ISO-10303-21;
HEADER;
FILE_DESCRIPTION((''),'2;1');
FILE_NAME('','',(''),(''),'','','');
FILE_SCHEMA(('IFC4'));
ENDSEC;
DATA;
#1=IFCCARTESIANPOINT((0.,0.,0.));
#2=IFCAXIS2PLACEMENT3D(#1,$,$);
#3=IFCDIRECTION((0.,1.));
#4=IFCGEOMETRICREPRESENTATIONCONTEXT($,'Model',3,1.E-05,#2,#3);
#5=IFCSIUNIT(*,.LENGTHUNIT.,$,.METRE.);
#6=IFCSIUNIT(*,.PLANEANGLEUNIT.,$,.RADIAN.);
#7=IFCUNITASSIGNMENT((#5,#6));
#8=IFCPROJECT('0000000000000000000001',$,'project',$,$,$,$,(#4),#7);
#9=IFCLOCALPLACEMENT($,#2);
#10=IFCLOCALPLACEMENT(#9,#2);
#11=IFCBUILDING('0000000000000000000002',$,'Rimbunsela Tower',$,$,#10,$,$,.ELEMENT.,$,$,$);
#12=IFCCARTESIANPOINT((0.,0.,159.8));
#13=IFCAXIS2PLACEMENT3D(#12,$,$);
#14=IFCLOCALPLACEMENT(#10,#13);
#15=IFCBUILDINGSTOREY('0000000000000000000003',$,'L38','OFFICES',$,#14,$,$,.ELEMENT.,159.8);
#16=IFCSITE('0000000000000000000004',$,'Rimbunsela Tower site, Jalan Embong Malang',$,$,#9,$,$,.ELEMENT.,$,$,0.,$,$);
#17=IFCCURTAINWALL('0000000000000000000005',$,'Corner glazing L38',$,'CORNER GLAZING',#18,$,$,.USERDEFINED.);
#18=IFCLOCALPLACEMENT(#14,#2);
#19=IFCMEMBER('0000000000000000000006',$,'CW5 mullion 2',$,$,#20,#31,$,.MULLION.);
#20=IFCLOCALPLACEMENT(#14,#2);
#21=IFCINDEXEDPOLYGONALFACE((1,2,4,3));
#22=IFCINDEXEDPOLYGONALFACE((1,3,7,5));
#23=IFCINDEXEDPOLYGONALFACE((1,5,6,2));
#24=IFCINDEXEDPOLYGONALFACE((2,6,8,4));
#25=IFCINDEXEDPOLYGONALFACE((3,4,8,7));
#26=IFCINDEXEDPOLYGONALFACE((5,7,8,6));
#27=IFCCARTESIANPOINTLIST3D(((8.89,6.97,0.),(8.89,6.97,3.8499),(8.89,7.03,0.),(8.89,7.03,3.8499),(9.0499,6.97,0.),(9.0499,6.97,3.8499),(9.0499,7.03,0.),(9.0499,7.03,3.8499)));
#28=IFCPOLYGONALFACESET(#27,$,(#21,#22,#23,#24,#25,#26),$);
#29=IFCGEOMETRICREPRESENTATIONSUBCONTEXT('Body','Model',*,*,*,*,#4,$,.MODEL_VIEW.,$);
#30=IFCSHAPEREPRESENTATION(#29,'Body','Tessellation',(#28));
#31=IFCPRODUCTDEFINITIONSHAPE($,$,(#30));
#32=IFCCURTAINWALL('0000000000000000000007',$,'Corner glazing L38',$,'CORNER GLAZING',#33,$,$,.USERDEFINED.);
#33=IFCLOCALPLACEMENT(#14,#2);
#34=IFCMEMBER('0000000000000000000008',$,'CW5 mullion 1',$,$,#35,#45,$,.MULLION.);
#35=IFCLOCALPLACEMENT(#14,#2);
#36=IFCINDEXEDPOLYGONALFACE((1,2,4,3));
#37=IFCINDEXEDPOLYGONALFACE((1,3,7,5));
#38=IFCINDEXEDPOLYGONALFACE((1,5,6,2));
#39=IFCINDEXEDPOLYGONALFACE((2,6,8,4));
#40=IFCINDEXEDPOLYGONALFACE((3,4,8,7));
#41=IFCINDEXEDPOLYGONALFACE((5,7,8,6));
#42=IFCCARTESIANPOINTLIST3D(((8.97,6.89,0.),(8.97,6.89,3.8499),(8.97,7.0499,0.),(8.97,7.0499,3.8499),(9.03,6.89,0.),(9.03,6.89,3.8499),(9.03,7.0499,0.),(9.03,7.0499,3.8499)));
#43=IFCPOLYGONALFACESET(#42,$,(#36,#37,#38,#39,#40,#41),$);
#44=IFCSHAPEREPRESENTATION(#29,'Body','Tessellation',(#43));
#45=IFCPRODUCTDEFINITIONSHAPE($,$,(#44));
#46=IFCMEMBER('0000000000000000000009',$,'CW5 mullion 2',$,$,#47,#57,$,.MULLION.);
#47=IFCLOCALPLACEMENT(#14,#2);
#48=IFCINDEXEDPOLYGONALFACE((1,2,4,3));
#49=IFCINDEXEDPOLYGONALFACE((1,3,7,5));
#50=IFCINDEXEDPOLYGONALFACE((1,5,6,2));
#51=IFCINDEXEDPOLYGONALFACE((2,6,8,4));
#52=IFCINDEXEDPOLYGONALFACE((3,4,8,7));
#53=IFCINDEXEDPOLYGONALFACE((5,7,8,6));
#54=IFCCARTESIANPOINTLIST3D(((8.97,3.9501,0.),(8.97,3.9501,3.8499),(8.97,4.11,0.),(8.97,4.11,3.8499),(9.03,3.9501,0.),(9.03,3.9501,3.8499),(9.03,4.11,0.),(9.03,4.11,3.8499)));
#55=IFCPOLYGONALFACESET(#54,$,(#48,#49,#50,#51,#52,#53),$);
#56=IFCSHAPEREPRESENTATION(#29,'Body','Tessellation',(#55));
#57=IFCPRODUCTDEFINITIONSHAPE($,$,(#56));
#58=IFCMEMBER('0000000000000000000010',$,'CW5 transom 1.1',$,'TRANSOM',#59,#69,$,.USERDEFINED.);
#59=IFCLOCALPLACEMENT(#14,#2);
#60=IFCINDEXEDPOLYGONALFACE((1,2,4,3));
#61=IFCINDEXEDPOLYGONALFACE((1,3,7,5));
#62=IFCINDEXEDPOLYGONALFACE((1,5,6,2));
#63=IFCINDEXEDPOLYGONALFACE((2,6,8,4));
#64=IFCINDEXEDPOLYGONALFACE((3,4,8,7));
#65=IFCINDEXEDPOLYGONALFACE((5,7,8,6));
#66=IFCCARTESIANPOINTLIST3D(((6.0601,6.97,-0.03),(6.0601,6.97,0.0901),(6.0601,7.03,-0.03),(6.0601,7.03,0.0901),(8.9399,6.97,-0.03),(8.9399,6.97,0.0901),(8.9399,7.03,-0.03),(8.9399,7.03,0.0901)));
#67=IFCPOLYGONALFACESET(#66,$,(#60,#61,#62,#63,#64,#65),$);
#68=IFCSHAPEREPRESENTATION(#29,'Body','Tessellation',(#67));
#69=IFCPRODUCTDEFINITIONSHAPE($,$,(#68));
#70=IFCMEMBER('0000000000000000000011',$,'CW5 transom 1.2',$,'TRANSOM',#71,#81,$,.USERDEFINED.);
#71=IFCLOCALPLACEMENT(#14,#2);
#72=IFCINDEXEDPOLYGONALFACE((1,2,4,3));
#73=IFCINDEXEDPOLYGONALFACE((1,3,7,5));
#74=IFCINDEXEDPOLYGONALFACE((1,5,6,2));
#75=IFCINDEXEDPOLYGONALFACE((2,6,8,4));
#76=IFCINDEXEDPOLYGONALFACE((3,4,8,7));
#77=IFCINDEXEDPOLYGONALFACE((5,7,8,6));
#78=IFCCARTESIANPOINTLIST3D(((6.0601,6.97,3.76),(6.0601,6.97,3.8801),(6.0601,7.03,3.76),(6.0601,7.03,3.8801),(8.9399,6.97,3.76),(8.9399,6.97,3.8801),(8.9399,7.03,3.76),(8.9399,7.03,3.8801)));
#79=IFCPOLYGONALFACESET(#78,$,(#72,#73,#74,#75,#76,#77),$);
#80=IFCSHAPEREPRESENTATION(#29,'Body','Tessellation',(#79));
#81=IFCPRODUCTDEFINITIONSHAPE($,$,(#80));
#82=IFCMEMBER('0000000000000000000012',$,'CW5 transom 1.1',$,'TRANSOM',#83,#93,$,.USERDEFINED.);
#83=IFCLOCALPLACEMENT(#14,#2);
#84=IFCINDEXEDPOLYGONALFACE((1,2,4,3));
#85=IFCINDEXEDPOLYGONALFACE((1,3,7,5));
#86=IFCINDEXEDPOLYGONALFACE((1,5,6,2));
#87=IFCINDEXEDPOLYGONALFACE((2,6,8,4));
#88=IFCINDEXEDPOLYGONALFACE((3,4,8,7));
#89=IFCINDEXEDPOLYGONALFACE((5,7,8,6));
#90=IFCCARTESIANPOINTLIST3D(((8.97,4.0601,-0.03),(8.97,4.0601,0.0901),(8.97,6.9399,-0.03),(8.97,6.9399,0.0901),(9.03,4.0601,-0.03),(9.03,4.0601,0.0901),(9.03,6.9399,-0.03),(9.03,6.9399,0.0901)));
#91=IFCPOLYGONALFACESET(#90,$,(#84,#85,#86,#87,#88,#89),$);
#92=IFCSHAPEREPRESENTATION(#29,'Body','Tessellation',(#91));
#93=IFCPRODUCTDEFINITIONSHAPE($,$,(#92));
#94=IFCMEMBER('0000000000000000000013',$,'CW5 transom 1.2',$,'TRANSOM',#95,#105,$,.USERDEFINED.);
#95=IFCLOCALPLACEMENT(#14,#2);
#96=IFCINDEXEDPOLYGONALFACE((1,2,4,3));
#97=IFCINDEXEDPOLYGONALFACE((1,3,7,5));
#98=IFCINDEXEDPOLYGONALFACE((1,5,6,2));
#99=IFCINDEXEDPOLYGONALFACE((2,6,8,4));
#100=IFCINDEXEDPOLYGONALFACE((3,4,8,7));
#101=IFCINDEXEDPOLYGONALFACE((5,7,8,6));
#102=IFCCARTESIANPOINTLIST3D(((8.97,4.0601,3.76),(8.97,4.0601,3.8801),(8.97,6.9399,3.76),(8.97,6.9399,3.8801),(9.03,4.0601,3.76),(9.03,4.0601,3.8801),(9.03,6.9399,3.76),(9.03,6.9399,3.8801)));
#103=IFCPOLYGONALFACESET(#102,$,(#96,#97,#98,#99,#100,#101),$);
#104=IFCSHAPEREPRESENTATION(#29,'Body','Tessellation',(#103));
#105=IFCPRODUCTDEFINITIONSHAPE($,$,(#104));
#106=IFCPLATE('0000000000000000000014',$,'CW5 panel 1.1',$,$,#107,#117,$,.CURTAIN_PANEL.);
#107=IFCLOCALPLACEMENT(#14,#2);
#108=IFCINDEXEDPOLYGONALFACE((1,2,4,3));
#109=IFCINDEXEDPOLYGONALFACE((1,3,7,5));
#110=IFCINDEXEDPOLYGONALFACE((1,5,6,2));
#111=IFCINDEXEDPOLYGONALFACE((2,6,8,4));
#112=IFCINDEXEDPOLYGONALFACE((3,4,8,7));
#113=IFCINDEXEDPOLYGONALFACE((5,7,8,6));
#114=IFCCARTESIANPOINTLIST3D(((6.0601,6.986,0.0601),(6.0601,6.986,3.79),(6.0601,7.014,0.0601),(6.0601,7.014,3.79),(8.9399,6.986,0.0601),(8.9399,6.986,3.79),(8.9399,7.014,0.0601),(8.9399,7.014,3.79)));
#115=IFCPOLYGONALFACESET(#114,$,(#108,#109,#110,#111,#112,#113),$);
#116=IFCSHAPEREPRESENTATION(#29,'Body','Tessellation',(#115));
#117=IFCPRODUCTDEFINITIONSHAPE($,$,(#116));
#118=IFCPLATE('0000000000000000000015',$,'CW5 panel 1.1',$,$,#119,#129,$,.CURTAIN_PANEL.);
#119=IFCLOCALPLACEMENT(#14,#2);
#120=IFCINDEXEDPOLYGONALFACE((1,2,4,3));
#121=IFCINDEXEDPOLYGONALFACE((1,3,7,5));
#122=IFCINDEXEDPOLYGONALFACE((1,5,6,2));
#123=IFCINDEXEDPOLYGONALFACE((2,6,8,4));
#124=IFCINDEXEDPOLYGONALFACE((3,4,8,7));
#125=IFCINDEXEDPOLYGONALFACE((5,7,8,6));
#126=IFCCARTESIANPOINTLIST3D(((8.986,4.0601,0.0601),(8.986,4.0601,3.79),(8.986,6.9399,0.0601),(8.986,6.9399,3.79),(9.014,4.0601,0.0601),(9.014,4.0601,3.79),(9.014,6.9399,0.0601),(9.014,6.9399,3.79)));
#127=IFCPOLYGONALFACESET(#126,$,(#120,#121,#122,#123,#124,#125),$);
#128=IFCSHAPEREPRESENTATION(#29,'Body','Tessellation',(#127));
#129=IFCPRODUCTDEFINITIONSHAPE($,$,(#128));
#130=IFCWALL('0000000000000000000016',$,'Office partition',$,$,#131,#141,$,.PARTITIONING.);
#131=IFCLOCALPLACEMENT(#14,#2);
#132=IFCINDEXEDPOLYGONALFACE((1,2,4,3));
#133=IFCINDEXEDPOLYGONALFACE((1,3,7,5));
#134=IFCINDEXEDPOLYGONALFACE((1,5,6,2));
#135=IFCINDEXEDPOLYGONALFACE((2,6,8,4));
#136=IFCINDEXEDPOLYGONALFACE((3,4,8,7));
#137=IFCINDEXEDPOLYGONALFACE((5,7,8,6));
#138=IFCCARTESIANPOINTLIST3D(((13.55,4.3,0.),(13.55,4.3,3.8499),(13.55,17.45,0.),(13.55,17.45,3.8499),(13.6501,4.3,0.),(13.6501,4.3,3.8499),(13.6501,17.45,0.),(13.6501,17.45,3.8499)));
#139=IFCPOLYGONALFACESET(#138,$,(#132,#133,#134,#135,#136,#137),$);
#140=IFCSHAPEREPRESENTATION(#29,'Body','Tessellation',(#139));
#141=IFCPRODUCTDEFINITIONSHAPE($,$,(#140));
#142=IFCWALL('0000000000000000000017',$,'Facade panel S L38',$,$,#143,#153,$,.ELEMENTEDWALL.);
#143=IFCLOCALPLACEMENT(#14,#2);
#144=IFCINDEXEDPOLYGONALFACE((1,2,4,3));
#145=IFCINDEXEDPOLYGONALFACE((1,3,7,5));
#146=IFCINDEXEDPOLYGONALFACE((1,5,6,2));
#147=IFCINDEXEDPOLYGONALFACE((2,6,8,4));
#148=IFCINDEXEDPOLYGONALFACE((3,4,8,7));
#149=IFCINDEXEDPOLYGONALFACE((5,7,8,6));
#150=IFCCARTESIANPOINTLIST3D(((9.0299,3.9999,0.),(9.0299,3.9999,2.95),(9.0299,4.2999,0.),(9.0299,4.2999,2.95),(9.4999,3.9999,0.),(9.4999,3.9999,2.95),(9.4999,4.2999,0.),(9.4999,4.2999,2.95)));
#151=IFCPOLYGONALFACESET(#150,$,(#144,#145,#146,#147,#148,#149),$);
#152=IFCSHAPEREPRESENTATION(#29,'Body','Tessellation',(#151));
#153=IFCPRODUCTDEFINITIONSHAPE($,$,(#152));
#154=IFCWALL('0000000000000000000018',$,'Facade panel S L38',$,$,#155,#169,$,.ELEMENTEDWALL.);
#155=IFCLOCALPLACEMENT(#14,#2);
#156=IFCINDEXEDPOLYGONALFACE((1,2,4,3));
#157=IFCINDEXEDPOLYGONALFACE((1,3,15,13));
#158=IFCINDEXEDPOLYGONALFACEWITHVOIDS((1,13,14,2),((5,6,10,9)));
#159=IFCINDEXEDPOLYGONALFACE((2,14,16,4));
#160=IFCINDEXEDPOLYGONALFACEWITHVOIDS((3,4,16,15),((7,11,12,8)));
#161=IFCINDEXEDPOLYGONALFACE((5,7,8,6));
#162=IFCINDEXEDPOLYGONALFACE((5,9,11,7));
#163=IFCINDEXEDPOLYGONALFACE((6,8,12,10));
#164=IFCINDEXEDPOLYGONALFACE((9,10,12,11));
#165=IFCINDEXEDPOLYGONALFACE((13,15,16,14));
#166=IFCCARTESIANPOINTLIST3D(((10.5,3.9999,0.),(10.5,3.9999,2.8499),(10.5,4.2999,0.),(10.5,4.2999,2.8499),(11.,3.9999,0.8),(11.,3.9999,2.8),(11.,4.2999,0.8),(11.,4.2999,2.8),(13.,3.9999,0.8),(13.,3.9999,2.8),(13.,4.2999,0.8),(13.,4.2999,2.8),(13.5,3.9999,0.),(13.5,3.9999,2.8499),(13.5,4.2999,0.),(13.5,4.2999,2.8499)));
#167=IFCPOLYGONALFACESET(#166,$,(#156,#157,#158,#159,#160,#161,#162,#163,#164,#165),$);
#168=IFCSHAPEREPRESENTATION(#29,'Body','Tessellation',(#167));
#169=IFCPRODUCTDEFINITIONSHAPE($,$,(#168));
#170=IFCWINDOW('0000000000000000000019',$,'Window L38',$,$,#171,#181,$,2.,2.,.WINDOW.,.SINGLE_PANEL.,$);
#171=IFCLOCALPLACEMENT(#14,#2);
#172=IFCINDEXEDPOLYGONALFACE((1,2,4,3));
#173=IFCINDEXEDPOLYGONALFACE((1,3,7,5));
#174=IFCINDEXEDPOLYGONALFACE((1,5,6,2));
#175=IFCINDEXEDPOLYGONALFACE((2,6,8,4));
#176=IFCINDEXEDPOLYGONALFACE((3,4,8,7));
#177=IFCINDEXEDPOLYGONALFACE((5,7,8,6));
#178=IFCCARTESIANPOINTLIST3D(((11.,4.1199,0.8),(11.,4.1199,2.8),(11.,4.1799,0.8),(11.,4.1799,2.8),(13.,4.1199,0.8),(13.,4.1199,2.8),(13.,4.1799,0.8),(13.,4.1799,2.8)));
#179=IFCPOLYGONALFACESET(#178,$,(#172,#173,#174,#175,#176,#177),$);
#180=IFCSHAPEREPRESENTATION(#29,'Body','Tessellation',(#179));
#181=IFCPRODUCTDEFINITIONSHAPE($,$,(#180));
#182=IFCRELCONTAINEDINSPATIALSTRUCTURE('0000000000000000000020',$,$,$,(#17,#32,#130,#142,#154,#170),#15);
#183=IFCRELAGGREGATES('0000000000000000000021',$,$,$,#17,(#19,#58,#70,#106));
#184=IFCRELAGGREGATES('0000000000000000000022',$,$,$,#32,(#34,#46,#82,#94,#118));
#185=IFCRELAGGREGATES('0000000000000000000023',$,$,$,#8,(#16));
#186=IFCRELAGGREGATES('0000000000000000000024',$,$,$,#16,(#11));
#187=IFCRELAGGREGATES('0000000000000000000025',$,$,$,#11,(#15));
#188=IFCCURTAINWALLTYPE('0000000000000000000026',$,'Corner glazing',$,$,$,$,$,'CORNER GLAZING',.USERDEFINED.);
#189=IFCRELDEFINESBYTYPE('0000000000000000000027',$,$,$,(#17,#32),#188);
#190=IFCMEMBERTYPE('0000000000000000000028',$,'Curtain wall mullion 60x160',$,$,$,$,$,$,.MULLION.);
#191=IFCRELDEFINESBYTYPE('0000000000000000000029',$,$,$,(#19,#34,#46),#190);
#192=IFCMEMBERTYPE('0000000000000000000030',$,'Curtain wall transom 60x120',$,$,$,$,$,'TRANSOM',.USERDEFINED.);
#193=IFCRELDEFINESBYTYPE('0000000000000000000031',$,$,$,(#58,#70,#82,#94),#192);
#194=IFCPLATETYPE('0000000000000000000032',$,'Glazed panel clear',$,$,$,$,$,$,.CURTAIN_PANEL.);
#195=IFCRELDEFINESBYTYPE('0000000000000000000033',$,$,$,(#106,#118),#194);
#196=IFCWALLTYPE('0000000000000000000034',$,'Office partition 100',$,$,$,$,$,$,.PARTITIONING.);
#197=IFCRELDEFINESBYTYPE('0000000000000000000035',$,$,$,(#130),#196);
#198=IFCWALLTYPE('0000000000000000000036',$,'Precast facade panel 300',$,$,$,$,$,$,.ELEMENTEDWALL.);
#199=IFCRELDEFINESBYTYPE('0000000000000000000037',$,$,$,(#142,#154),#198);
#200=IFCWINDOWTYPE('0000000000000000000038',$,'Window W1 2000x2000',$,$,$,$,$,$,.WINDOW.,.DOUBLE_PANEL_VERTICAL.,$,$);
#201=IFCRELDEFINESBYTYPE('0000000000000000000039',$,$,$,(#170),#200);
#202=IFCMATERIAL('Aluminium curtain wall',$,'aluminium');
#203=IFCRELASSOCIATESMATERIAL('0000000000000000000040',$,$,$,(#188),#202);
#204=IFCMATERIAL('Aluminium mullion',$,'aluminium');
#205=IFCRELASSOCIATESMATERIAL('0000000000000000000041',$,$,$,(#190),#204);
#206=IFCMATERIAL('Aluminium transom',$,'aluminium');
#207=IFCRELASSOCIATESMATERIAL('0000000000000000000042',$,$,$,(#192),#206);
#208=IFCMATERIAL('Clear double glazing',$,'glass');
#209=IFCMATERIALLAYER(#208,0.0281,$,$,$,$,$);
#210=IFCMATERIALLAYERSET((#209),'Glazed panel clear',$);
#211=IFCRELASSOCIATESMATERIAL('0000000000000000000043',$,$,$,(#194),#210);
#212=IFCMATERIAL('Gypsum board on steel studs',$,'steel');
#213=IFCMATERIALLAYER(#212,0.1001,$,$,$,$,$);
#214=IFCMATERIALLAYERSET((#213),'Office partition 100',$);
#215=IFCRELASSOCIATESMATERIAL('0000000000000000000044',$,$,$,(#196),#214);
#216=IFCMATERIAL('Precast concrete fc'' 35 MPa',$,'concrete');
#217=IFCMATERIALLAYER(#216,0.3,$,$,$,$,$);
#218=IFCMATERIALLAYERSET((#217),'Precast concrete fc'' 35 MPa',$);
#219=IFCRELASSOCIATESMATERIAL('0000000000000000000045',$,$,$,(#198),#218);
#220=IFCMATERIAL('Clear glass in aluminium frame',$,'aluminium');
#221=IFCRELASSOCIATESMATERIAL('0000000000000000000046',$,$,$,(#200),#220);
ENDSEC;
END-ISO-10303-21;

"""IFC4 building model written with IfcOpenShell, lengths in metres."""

from ifc_helpers import new_model, si_unit, direction, frame, frame_2d, origin, origin_2d, place, context, subcontext, project, spatial, rectangle, extrude, material, layer, layer_set, material_profile, profile_set, type_object, element, fill, aggregate, save


model = new_model("IFC4")

# Units and contexts
model_context = context("Model", 3, precision=1e-05, world=origin(), true_north=direction((0.0, 1.0)))
body_context = subcontext(model_context, "Body", "Model", "MODEL_VIEW")
ifc_project = project(units=[si_unit("LENGTHUNIT", "METRE"), si_unit("PLANEANGLEUNIT", "RADIAN")], contexts=[model_context])

# Site, building, storey
site_placement = place(None, origin())
site = spatial("IfcSite", under=ifc_project, at=site_placement, Name="Rimbunsela Tower site, Jalan Embong Malang", CompositionType="ELEMENT", RefElevation=0.0)
building_placement = place(site_placement, origin())
building = spatial("IfcBuilding", under=site, at=building_placement, Name="Rimbunsela Tower", CompositionType="ELEMENT")
storey_placement = place(building_placement, frame((0.0, 0.0, 159.8)))
storey = spatial("IfcBuildingStorey", under=building, at=storey_placement, Name="L38", Description="OFFICES", CompositionType="ELEMENT", Elevation=159.8)

# Curtain walls, members
ifc_material_1 = material(Name="Aluminium curtain wall", Category="aluminium")
curtain_wall_type = type_object("IfcCurtainWallType", Name="Corner glazing", ElementType="CORNER GLAZING", PredefinedType="USERDEFINED", material=ifc_material_1)
curtain_wall_1_placement = place(storey_placement, origin())
curtain_wall_1 = element("IfcCurtainWall", 1, at=curtain_wall_1_placement, inside=storey, type_object=curtain_wall_type, Name="Corner glazing L38", ObjectType="CORNER GLAZING", PredefinedType="USERDEFINED")
ifc_material_2 = material(Name="Aluminium mullion", Category="aluminium")
ifc_material_profile_1 = material_profile(ifc_material_2, rectangle(XDim=0.0601, YDim=0.1599, at=origin_2d()), Name="Mullion 60x160")
ifc_profile_set_1 = profile_set([ifc_material_profile_1], Name="Aluminium mullion")
member_type_1 = type_object("IfcMemberType", Name="Curtain wall mullion 60x160", PredefinedType="MULLION", material=ifc_profile_set_1)
member_1_placement = place(storey_placement, frame((8.97, 7.0, 0.0), z_axis=(0.0, 0.0, 1.0), x_axis=(0.0, 1.0, 0.0)))
member_1 = element("IfcMember", 2, at=member_1_placement, type_object=member_type_1, Name="CW5 mullion 2", PredefinedType="MULLION", context=body_context, shape_type="SweptSolid", body=[
    extrude(rectangle(XDim=0.0601, YDim=0.1599, at=origin_2d()), origin(), (0.0, 0.0, 1.0), 3.8499),
])
curtain_wall_2_placement = place(storey_placement, origin())
curtain_wall_2 = element("IfcCurtainWall", 3, at=curtain_wall_2_placement, inside=storey, type_object=curtain_wall_type, Name="Corner glazing L38", ObjectType="CORNER GLAZING", PredefinedType="USERDEFINED")
member_2_placement = place(storey_placement, frame((9.0, 6.97, 0.0), z_axis=(0.0, 0.0, 1.0), x_axis=(1.0, 0.0, 0.0)))
member_2 = element("IfcMember", 4, at=member_2_placement, type_object=member_type_1, Name="CW5 mullion 1", PredefinedType="MULLION", context=body_context, shape_type="SweptSolid", body=[
    extrude(rectangle(XDim=0.0601, YDim=0.1599, at=origin_2d()), origin(), (0.0, 0.0, 1.0), 3.8499),
])
member_3_placement = place(storey_placement, frame((9.0, 4.03, 0.0), z_axis=(0.0, 0.0, 1.0), x_axis=(1.0, 0.0, 0.0)))
member_3 = element("IfcMember", 5, at=member_3_placement, type_object=member_type_1, Name="CW5 mullion 2", PredefinedType="MULLION", context=body_context, shape_type="SweptSolid", body=[
    extrude(rectangle(XDim=0.0601, YDim=0.1599, at=origin_2d()), origin(), (0.0, 0.0, 1.0), 3.8499),
])

# Members
ifc_material_3 = material(Name="Aluminium transom", Category="aluminium")
ifc_material_profile_2 = material_profile(ifc_material_3, rectangle(XDim=0.0601, YDim=0.1201, at=origin_2d()), Name="Transom 60x120")
ifc_profile_set_2 = profile_set([ifc_material_profile_2], Name="Aluminium transom")
member_type_2 = type_object("IfcMemberType", Name="Curtain wall transom 60x120", ElementType="TRANSOM", PredefinedType="USERDEFINED", material=ifc_profile_set_2)
member_4_placement = place(storey_placement, frame((6.0601, 7.0, 0.03), z_axis=(1.0, 0.0, 0.0), x_axis=(0.0, 1.0, 0.0)))
member_4 = element("IfcMember", 6, at=member_4_placement, type_object=member_type_2, Name="CW5 transom 1.1", ObjectType="TRANSOM", PredefinedType="USERDEFINED", context=body_context, shape_type="SweptSolid", body=[
    extrude(rectangle(XDim=0.0601, YDim=0.1201, at=origin_2d()), origin(), (0.0, 0.0, 1.0), 2.8799),
])
member_5_placement = place(storey_placement, frame((6.0601, 7.0, 3.8201), z_axis=(1.0, 0.0, 0.0), x_axis=(0.0, 1.0, 0.0)))
member_5 = element("IfcMember", 7, at=member_5_placement, type_object=member_type_2, Name="CW5 transom 1.2", ObjectType="TRANSOM", PredefinedType="USERDEFINED", context=body_context, shape_type="SweptSolid", body=[
    extrude(rectangle(XDim=0.0601, YDim=0.1201, at=origin_2d()), origin(), (0.0, 0.0, 1.0), 2.8799),
])
member_6_placement = place(storey_placement, frame((9.0, 6.9399, 0.03), z_axis=(0.0, -1.0, 0.0), x_axis=(1.0, 0.0, 0.0)))
member_6 = element("IfcMember", 8, at=member_6_placement, type_object=member_type_2, Name="CW5 transom 1.1", ObjectType="TRANSOM", PredefinedType="USERDEFINED", context=body_context, shape_type="SweptSolid", body=[
    extrude(rectangle(XDim=0.0601, YDim=0.1201, at=origin_2d()), origin(), (0.0, 0.0, 1.0), 2.8799),
])
member_7_placement = place(storey_placement, frame((9.0, 6.9399, 3.8201), z_axis=(0.0, -1.0, 0.0), x_axis=(1.0, 0.0, 0.0)))
member_7 = element("IfcMember", 9, at=member_7_placement, type_object=member_type_2, Name="CW5 transom 1.2", ObjectType="TRANSOM", PredefinedType="USERDEFINED", context=body_context, shape_type="SweptSolid", body=[
    extrude(rectangle(XDim=0.0601, YDim=0.1201, at=origin_2d()), origin(), (0.0, 0.0, 1.0), 2.8799),
])

# Plates
ifc_material_4 = material(Name="Clear double glazing", Category="glass")
ifc_layer_1 = layer(ifc_material_4, 0.0281)
ifc_layer_set_1 = layer_set([ifc_layer_1], Name="Glazed panel clear")
plate_type = type_object("IfcPlateType", Name="Glazed panel clear", PredefinedType="CURTAIN_PANEL", material=ifc_layer_set_1)
plate_1_placement = place(storey_placement, frame((7.5, 7.0, 0.0601), z_axis=(0.0, 0.0, 1.0), x_axis=(1.0, 0.0, 0.0)))
plate_1 = element("IfcPlate", 10, at=plate_1_placement, type_object=plate_type, Name="CW5 panel 1.1", PredefinedType="CURTAIN_PANEL", context=body_context, shape_type="SweptSolid", body=[
    extrude(rectangle(XDim=2.8799, YDim=0.0281, at=origin_2d()), origin(), (0.0, 0.0, 1.0), 3.73),
])
aggregate(curtain_wall_1, [member_1, member_4, member_5, plate_1])
plate_2_placement = place(storey_placement, frame((9.0, 5.5, 0.0601), z_axis=(0.0, 0.0, 1.0), x_axis=(0.0, -1.0, 0.0)))
plate_2 = element("IfcPlate", 11, at=plate_2_placement, type_object=plate_type, Name="CW5 panel 1.1", PredefinedType="CURTAIN_PANEL", context=body_context, shape_type="SweptSolid", body=[
    extrude(rectangle(XDim=2.8799, YDim=0.0281, at=origin_2d()), origin(), (0.0, 0.0, 1.0), 3.73),
])
aggregate(curtain_wall_2, [member_2, member_3, member_6, member_7, plate_2])

# Walls
ifc_material_5 = material(Name="Gypsum board on steel studs", Category="steel")
ifc_layer_2 = layer(ifc_material_5, 0.1001)
ifc_layer_set_2 = layer_set([ifc_layer_2], Name="Office partition 100")
wall_type_1 = type_object("IfcWallType", Name="Office partition 100", PredefinedType="PARTITIONING", material=ifc_layer_set_2)
wall_1_placement = place(storey_placement, frame((13.6001, 4.3, 0.0), z_axis=(0.0, 0.0, 1.0), x_axis=(0.0, 1.0, 0.0)))
element("IfcWall", 12, at=wall_1_placement, inside=storey, type_object=wall_type_1, Name="Office partition", PredefinedType="PARTITIONING", context=body_context, shape_type="SweptSolid", body=[
    extrude(rectangle(XDim=13.1499, YDim=0.1001, at=frame_2d((6.575, 0.0))), origin(), (0.0, 0.0, 1.0), 3.8499),
])
ifc_material_6 = material(Name="Precast concrete fc' 35 MPa", Category="concrete")
ifc_layer_3 = layer(ifc_material_6, 0.3)
ifc_layer_set_3 = layer_set([ifc_layer_3], Name="Precast concrete fc' 35 MPa")
wall_type_2 = type_object("IfcWallType", Name="Precast facade panel 300", PredefinedType="ELEMENTEDWALL", material=ifc_layer_set_3)
wall_2_placement = place(storey_placement, frame((9.03, 4.1499, 0.0), z_axis=(0.0, 0.0, 1.0), x_axis=(1.0, 0.0, 0.0)))
element("IfcWall", 13, at=wall_2_placement, inside=storey, type_object=wall_type_2, Name="Facade panel S L38", PredefinedType="ELEMENTEDWALL", context=body_context, shape_type="SweptSolid", body=[
    extrude(rectangle(XDim=0.47, YDim=0.3, at=frame_2d((0.2349, 0.0))), origin(), (0.0, 0.0, 1.0), 2.95),
])

# Wall, opening, window
wall_3_placement = place(storey_placement, frame((10.5, 4.1499, 0.0), z_axis=(0.0, 0.0, 1.0), x_axis=(1.0, 0.0, 0.0)))
wall_3 = element("IfcWall", 14, at=wall_3_placement, inside=storey, type_object=wall_type_2, Name="Facade panel S L38", PredefinedType="ELEMENTEDWALL", context=body_context, shape_type="SweptSolid", body=[
    extrude(rectangle(XDim=3.0, YDim=0.3, at=frame_2d((1.5, 0.0))), origin(), (0.0, 0.0, 1.0), 2.8499),
])
opening_1_placement = place(wall_3_placement, frame((0.5, 0.0, 0.8)))
opening_1 = element("IfcOpeningElement", 15, at=opening_1_placement, cuts=wall_3, PredefinedType="OPENING", context=body_context, shape_type="SweptSolid", body=[
    extrude(rectangle(XDim=2.0, YDim=2.0, at=frame_2d((1.0, 1.0))), frame((0.0, 0.1599, 0.0), z_axis=(0.0, -1.0, 0.0), x_axis=(1.0, 0.0, 0.0)), (0.0, 0.0, 1.0), 0.3201),
])
ifc_material_7 = material(Name="Clear glass in aluminium frame", Category="aluminium")
window_type = type_object("IfcWindowType", Name="Window W1 2000x2000", PartitioningType="DOUBLE_PANEL_VERTICAL", PredefinedType="WINDOW", material=ifc_material_7)
window_1_placement = place(opening_1_placement, origin())
window_1 = element("IfcWindow", 16, at=window_1_placement, inside=storey, type_object=window_type, Name="Window L38", OverallHeight=2.0, OverallWidth=2.0, PartitioningType="SINGLE_PANEL", PredefinedType="WINDOW", context=body_context, shape_type="SweptSolid", body=[
    extrude(rectangle(XDim=2.0, YDim=2.0, at=frame_2d((1.0, 1.0))), frame((0.0, 0.03, 0.0), z_axis=(0.0, -1.0, 0.0), x_axis=(1.0, 0.0, 0.0)), (0.0, 0.0, 1.0), 0.0601),
])
fill(opening_1, window_1)

save(model, "model.ifc")
